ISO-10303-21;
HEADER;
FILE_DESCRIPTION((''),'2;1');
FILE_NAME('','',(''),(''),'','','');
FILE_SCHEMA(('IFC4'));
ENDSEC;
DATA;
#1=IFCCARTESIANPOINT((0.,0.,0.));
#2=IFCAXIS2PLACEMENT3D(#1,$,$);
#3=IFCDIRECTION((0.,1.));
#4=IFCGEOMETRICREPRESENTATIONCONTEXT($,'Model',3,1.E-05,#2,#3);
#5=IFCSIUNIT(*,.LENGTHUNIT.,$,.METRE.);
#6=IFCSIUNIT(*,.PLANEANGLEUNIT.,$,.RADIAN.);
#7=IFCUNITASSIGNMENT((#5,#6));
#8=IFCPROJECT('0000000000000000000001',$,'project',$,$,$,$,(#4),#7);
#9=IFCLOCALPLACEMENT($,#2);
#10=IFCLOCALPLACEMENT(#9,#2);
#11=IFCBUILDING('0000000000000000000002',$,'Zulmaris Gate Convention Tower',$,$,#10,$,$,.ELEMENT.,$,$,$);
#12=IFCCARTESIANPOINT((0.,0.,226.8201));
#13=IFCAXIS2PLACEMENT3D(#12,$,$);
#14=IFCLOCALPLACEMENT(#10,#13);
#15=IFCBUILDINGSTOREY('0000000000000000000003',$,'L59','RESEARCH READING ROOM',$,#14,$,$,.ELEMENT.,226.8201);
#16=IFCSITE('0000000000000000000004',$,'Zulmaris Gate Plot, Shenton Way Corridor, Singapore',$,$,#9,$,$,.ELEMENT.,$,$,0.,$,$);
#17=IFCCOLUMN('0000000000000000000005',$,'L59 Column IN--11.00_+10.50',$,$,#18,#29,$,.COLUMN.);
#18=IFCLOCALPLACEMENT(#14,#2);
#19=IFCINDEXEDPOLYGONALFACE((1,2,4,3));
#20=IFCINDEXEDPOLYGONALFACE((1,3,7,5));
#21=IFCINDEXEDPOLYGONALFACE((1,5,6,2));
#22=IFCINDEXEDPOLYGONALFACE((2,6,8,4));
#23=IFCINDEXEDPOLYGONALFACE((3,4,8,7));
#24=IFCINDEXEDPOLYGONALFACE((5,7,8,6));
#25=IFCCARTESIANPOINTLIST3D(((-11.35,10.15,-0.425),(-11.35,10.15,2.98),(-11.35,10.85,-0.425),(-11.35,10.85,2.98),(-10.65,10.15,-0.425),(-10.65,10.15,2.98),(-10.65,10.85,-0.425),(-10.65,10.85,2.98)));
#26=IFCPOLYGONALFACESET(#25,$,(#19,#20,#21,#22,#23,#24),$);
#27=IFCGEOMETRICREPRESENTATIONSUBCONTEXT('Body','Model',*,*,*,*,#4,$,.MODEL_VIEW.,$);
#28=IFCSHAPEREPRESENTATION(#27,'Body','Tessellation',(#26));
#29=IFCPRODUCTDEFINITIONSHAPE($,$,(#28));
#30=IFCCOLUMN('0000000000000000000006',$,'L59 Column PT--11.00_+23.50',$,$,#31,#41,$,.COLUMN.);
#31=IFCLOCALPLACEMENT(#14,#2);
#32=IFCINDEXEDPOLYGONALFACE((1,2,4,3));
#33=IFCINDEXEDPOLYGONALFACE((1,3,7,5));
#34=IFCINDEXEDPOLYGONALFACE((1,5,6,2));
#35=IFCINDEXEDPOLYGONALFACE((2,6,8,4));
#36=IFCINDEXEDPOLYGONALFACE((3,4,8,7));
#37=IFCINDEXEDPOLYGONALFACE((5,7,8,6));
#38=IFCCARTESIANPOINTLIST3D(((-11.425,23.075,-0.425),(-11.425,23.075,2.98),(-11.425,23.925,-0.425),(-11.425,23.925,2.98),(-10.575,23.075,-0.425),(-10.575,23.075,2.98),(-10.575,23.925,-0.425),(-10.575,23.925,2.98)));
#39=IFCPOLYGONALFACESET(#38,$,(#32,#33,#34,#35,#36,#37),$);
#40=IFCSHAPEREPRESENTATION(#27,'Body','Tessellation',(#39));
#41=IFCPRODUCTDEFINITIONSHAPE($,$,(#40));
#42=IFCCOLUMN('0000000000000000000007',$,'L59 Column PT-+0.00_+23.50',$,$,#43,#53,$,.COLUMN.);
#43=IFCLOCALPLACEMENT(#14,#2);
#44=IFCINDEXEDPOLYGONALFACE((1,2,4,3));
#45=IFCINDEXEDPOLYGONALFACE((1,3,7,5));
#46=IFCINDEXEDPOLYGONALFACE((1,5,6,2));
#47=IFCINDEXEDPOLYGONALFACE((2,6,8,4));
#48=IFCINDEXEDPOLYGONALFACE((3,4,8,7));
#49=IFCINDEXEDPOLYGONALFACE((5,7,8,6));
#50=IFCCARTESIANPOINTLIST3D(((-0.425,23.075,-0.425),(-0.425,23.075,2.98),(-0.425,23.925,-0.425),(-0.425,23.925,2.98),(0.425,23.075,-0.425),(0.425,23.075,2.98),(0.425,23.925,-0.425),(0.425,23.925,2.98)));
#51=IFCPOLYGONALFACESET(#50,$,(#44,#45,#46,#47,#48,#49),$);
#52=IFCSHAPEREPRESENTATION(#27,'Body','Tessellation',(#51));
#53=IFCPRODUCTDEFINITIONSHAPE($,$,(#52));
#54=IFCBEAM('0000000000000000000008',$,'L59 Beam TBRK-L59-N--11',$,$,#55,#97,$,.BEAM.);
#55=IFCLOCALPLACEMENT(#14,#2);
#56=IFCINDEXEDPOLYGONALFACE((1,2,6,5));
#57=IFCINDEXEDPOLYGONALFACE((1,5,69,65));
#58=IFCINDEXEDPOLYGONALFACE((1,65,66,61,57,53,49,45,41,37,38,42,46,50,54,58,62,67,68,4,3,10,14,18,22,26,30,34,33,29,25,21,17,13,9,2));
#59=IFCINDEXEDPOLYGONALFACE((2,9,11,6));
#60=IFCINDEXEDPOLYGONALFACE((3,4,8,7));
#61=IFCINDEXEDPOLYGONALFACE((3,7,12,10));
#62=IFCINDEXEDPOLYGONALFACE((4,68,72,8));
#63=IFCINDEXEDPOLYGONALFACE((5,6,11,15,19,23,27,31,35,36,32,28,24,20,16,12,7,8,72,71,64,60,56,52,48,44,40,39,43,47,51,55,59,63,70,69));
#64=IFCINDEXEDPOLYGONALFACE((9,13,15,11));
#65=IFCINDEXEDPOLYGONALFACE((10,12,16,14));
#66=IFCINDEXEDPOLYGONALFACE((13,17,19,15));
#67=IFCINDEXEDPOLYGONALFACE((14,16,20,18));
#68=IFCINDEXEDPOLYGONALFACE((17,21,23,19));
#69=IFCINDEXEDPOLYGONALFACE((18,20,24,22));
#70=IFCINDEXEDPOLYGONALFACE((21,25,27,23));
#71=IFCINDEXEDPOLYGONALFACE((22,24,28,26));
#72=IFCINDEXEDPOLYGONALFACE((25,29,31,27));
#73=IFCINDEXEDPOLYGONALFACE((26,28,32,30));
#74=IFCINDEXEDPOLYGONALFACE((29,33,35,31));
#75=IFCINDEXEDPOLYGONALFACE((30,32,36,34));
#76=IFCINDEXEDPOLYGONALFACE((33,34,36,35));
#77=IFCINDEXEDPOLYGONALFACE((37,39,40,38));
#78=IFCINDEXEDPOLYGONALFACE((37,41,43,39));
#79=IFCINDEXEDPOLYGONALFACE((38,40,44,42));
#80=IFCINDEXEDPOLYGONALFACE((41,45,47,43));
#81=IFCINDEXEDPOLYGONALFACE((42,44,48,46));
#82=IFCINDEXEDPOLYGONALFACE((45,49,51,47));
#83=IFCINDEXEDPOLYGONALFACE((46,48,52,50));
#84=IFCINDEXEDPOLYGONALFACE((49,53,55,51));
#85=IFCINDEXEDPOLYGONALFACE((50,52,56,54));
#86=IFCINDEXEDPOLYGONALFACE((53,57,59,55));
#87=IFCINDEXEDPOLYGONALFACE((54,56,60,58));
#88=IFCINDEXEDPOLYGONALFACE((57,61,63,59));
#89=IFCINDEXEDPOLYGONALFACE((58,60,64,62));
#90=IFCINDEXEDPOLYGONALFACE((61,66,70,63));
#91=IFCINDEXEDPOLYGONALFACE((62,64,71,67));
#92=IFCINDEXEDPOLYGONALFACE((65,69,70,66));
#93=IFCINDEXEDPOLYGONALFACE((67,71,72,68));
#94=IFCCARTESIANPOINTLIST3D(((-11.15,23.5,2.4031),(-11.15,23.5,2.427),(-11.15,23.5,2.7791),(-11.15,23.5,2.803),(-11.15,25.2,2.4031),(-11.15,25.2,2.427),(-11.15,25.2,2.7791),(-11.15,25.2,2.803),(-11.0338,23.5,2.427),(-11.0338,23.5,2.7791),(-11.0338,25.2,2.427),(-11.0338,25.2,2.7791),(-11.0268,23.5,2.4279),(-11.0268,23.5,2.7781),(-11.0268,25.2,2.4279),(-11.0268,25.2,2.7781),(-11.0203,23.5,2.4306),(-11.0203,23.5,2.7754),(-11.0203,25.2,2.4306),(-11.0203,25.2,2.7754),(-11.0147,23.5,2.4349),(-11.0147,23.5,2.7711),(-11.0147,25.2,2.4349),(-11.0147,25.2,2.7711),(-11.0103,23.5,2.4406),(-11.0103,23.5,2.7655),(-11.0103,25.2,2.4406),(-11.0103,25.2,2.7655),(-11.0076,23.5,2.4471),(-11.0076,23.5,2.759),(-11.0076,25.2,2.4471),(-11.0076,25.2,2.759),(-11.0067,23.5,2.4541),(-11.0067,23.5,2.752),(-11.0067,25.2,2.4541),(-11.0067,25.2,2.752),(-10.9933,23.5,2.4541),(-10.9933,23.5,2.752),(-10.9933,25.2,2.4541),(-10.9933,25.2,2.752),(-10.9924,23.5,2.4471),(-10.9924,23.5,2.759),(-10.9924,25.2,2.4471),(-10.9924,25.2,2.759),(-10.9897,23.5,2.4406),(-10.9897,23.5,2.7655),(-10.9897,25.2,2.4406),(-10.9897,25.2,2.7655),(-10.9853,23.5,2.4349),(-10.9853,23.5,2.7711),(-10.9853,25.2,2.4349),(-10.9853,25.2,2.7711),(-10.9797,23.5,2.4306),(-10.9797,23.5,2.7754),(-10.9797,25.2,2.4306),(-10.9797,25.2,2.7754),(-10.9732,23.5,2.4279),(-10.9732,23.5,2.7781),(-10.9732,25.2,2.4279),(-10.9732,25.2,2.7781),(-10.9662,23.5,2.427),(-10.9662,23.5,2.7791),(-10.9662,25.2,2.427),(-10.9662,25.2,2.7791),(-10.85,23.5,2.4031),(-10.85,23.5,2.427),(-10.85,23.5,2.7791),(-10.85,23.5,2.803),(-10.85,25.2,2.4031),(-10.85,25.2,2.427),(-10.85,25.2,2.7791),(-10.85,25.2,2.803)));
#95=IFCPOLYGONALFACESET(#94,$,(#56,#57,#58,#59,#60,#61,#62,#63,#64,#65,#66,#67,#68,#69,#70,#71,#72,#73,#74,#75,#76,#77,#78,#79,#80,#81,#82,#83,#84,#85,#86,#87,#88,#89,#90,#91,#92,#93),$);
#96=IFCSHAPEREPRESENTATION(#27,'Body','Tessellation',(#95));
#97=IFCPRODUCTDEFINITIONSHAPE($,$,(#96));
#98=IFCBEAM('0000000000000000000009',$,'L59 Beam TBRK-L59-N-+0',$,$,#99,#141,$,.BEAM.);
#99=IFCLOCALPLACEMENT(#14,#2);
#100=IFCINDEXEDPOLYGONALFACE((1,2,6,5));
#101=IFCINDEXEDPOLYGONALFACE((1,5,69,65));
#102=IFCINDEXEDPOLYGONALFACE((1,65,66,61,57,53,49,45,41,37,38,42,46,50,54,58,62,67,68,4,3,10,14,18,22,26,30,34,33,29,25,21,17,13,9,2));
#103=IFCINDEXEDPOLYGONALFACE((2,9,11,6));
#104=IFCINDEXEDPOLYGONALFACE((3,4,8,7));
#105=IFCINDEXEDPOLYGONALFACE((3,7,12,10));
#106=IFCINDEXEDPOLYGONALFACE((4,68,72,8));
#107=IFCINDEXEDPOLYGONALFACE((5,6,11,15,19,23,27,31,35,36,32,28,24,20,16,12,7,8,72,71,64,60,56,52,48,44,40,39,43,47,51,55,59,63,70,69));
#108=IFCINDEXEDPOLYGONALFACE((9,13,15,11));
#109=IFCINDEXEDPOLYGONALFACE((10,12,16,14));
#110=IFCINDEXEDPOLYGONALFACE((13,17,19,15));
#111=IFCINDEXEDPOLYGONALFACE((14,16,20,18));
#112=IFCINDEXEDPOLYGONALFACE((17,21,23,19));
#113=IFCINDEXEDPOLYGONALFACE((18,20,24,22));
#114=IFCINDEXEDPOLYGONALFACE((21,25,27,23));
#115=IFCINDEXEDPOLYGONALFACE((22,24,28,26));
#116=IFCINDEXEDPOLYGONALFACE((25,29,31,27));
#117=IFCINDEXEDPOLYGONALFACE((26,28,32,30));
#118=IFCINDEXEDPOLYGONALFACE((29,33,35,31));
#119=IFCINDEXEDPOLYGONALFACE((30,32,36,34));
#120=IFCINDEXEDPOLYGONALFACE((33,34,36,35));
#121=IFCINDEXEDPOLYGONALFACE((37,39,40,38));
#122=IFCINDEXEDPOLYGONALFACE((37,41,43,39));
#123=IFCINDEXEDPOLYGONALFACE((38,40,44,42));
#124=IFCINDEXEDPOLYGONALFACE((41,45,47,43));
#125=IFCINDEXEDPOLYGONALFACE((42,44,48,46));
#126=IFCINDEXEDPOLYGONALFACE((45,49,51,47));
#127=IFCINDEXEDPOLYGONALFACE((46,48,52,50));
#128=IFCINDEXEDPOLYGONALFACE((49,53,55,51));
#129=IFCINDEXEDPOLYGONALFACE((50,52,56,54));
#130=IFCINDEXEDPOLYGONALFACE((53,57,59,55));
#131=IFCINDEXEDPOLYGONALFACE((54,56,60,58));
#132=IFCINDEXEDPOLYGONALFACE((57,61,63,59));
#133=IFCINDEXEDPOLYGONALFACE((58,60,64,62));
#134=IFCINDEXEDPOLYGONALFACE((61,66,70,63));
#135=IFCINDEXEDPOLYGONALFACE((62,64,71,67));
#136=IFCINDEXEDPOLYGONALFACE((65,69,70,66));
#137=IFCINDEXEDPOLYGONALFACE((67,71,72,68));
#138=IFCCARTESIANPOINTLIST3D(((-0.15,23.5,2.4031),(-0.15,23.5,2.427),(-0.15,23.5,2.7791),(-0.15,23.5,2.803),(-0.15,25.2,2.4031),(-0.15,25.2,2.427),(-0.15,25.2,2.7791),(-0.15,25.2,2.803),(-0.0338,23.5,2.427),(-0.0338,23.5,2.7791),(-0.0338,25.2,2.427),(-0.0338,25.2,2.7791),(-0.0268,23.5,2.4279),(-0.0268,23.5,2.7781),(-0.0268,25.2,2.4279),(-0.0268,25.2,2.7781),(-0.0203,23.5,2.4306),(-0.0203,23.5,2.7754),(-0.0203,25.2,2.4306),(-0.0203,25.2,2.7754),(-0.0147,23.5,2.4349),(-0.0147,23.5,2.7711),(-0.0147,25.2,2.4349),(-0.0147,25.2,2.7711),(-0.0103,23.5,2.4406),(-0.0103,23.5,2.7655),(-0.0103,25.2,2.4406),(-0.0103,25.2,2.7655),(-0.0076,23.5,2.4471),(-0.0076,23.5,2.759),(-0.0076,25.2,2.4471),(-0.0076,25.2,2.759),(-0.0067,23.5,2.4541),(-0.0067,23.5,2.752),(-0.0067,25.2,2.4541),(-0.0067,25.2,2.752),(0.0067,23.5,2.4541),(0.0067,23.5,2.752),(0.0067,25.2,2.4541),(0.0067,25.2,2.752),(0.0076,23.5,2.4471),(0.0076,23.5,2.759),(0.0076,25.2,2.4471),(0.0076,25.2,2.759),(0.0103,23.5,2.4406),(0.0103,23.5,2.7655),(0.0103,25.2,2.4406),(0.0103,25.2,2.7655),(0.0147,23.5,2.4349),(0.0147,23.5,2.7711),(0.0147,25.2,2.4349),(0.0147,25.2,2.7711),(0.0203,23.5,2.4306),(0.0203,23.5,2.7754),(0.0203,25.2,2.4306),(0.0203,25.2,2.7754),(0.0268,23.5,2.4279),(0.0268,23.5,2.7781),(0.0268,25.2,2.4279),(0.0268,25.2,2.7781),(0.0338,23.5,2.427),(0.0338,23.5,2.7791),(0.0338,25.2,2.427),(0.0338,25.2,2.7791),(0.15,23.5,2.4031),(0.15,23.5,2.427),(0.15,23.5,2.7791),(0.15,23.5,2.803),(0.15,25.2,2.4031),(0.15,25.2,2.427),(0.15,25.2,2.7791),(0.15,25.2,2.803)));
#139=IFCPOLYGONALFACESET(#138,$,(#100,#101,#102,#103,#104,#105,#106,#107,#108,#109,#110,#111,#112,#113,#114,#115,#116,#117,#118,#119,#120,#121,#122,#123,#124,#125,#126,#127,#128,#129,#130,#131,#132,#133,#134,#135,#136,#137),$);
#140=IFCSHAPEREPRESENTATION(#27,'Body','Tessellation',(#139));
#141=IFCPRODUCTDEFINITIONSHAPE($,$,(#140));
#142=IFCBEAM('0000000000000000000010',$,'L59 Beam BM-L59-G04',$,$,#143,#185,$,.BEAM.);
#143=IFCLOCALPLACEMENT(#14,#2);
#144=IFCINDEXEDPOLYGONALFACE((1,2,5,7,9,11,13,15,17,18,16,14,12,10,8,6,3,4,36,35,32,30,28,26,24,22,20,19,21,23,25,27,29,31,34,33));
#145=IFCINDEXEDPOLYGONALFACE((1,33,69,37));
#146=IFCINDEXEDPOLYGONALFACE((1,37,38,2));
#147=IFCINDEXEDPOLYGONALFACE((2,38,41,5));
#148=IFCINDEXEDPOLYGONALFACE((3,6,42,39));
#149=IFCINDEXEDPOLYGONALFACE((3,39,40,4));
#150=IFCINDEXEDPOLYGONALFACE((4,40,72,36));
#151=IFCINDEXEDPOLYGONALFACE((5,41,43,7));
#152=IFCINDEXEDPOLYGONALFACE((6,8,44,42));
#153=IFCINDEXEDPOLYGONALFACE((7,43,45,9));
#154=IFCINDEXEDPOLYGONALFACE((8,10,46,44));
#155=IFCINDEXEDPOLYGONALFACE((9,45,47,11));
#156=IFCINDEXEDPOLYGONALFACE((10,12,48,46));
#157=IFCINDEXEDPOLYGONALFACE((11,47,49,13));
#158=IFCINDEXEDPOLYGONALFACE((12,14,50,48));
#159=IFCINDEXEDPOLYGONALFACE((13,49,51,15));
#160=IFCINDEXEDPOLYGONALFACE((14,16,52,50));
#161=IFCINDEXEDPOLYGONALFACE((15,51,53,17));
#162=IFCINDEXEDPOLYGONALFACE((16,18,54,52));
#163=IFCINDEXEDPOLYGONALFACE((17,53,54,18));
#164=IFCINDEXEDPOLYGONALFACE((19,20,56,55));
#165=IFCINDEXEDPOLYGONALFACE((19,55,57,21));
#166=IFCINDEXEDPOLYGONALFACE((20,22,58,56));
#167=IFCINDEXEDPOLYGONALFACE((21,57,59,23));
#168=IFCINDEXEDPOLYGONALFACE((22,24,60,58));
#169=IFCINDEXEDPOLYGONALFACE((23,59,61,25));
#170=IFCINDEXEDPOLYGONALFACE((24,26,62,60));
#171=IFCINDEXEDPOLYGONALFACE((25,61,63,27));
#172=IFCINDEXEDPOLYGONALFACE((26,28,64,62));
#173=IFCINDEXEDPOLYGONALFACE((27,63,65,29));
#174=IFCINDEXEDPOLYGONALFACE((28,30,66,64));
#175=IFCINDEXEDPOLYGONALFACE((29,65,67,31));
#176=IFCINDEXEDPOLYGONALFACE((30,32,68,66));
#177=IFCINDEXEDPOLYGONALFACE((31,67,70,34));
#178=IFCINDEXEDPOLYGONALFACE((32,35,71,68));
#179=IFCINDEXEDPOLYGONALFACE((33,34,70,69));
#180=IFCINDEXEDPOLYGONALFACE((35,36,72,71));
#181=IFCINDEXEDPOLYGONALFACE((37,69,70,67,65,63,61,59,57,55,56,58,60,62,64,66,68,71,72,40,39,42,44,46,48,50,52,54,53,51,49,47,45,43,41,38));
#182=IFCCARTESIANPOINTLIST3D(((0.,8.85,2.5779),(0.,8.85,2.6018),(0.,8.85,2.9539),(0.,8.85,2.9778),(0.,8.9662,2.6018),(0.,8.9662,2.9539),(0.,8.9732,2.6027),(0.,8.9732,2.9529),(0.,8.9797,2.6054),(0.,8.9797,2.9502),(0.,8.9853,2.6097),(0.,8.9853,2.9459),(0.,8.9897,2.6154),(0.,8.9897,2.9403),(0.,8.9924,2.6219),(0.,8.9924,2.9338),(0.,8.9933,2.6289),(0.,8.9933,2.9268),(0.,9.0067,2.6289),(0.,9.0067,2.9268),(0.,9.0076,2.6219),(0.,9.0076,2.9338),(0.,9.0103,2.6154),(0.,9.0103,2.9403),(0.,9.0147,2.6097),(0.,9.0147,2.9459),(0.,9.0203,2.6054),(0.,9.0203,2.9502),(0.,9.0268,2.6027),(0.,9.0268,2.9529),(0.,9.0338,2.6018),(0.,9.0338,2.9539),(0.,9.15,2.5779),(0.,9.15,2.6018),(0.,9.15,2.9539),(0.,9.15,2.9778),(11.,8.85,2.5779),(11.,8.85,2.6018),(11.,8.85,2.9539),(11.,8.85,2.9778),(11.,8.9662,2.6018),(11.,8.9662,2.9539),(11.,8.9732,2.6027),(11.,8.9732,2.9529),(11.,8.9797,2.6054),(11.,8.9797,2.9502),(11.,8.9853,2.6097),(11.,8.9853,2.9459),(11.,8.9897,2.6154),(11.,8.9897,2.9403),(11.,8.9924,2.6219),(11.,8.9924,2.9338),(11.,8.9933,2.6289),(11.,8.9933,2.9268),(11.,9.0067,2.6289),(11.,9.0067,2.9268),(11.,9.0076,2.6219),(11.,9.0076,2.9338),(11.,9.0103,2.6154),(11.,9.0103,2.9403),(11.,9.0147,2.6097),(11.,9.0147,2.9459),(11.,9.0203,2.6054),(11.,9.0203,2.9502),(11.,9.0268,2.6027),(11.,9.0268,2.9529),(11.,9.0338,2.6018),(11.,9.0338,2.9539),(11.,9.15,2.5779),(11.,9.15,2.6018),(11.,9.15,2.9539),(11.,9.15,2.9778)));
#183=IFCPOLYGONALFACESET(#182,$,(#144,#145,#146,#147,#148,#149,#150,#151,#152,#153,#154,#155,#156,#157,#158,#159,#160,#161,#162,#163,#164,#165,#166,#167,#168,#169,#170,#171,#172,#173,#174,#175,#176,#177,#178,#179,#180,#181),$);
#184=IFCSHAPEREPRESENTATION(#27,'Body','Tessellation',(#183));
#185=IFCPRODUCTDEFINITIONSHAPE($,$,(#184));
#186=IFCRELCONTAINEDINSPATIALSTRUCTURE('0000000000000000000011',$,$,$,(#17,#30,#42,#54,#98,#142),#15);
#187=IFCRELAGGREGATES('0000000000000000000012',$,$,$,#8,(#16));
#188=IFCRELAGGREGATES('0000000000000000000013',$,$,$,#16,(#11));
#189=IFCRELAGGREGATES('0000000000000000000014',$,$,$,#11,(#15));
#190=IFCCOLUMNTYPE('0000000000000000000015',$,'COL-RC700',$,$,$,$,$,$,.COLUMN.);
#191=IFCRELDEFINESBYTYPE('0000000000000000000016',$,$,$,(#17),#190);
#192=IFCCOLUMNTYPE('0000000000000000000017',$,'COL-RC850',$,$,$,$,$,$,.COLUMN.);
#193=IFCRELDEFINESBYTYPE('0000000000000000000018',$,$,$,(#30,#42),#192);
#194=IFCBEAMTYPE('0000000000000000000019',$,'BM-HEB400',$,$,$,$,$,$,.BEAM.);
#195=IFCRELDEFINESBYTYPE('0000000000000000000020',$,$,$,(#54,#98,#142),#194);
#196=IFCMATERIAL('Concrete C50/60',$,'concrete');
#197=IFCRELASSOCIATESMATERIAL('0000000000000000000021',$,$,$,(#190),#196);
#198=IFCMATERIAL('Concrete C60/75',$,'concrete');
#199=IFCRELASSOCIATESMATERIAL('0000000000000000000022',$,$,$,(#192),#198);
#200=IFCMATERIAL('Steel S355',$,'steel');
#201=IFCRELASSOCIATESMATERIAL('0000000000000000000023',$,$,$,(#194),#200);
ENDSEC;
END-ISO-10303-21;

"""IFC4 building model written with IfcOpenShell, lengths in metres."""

from ifc_helpers import new_model, si_unit, direction, frame, origin, origin_2d, place, context, subcontext, project, spatial, rectangle, i_section, extrude, material, material_profile, profile_set, type_object, element, save


model = new_model("IFC4")

# Units and contexts
model_context = context("Model", 3, precision=1e-05, world=origin(), true_north=direction((0.0, 1.0)))
body_context = subcontext(model_context, "Body", "Model", "MODEL_VIEW")
ifc_project = project(units=[si_unit("LENGTHUNIT", "METRE"), si_unit("PLANEANGLEUNIT", "RADIAN")], contexts=[model_context])

# Site, building, storey
site_placement = place(None, origin())
site = spatial("IfcSite", under=ifc_project, at=site_placement, Name="Zulmaris Gate Plot, Shenton Way Corridor, Singapore", CompositionType="ELEMENT", RefElevation=0.0)
building_placement = place(site_placement, origin())
building = spatial("IfcBuilding", under=site, at=building_placement, Name="Zulmaris Gate Convention Tower", CompositionType="ELEMENT")
storey_placement = place(building_placement, frame((0.0, 0.0, 226.8201)))
storey = spatial("IfcBuildingStorey", under=building, at=storey_placement, Name="L59", Description="RESEARCH READING ROOM", CompositionType="ELEMENT", Elevation=226.8201)

# Columns
ifc_material_1 = material(Name="Concrete C50/60", Category="concrete")
ifc_material_profile_1 = material_profile(ifc_material_1, rectangle(XDim=0.7, YDim=0.7, at=origin_2d()), Name="RC COL 700x700")
ifc_profile_set_1 = profile_set([ifc_material_profile_1], Name="Concrete C50/60")
column_type_1 = type_object("IfcColumnType", Name="COL-RC700", PredefinedType="COLUMN", material=ifc_profile_set_1)
column_placement = place(storey_placement, frame((-11.0, 10.5, -0.425), z_axis=(0.0, 0.0, 1.0), x_axis=(1.0, 0.0, 0.0)))
element("IfcColumn", 1, at=column_placement, inside=storey, type_object=column_type_1, Name="L59 Column IN--11.00_+10.50", PredefinedType="COLUMN", context=body_context, shape_type="SweptSolid", body=[
    extrude(rectangle(XDim=0.7, YDim=0.7, at=origin_2d()), origin(), (0.0, 0.0, 1.0), 3.405),
])
ifc_material_2 = material(Name="Concrete C60/75", Category="concrete")
ifc_material_profile_2 = material_profile(ifc_material_2, rectangle(XDim=0.8501, YDim=0.8501, at=origin_2d()), Name="RC COL 850x850")
ifc_profile_set_2 = profile_set([ifc_material_profile_2], Name="Concrete C60/75")
column_type_2 = type_object("IfcColumnType", Name="COL-RC850", PredefinedType="COLUMN", material=ifc_profile_set_2)
for number, where, z_axis, x_axis, name in (
    (2, (-11.0, 23.5, -0.425), (0.0, 0.0, 1.0), (1.0, 0.0, 0.0), "L59 Column PT--11.00_+23.50"),
    (3, (0.0, 23.5, -0.425), (0.0, 0.0, 1.0), (1.0, 0.0, 0.0), "L59 Column PT-+0.00_+23.50"),
):
    element("IfcColumn", number, at=place(storey_placement, frame(where, z_axis=z_axis, x_axis=x_axis)), inside=storey, type_object=column_type_2, Name=name, PredefinedType="COLUMN", context=body_context, shape_type="SweptSolid", body=[
        extrude(rectangle(XDim=0.8501, YDim=0.8501, at=origin_2d()), origin(), (0.0, 0.0, 1.0), 3.405),
    ])

# Beams
ifc_material_3 = material(Name="Steel S355", Category="steel")
ifc_material_profile_3 = material_profile(ifc_material_3, i_section(OverallWidth=0.3, OverallDepth=0.3999, WebThickness=0.0134, FlangeThickness=0.0239, FilletRadius=0.0271, at=origin_2d()), Name="HEB 400")
ifc_profile_set_3 = profile_set([ifc_material_profile_3], Name="Steel S355")
beam_type_1 = type_object("IfcBeamType", Name="BM-HEB400", PredefinedType="BEAM", material=ifc_profile_set_3)
for number, where, z_axis, x_axis, name in (
    (4, (-11.0, 23.5, 2.603), (0.0, 1.0, 0.0), (-1.0, 0.0, 0.0), "L59 Beam TBRK-L59-N--11"),
    (5, (0.0, 23.5, 2.603), (0.0, 1.0, 0.0), (-1.0, 0.0, 0.0), "L59 Beam TBRK-L59-N-+0"),
):
    element("IfcBeam", number, at=place(storey_placement, frame(where, z_axis=z_axis, x_axis=x_axis)), inside=storey, type_object=beam_type_1, Name=name, PredefinedType="BEAM", context=body_context, shape_type="SweptSolid", body=[
        extrude(i_section(OverallWidth=0.3, OverallDepth=0.3999, WebThickness=0.0134, FlangeThickness=0.0239, FilletRadius=0.0271, at=origin_2d()), origin(), (0.0, 0.0, 1.0), 1.7),
    ])
beam_1_placement = place(storey_placement, frame((0.0, 9.0, 2.7778), z_axis=(1.0, 0.0, 0.0), x_axis=(0.0, 1.0, 0.0)))
element("IfcBeam", 6, at=beam_1_placement, inside=storey, type_object=beam_type_1, Name="L59 Beam BM-L59-G04", PredefinedType="BEAM", context=body_context, shape_type="SweptSolid", body=[
    extrude(i_section(OverallWidth=0.3, OverallDepth=0.3999, WebThickness=0.0134, FlangeThickness=0.0239, FilletRadius=0.0271, at=origin_2d()), origin(), (0.0, 0.0, 1.0), 11.0),
])

save(model, "model.ifc")
